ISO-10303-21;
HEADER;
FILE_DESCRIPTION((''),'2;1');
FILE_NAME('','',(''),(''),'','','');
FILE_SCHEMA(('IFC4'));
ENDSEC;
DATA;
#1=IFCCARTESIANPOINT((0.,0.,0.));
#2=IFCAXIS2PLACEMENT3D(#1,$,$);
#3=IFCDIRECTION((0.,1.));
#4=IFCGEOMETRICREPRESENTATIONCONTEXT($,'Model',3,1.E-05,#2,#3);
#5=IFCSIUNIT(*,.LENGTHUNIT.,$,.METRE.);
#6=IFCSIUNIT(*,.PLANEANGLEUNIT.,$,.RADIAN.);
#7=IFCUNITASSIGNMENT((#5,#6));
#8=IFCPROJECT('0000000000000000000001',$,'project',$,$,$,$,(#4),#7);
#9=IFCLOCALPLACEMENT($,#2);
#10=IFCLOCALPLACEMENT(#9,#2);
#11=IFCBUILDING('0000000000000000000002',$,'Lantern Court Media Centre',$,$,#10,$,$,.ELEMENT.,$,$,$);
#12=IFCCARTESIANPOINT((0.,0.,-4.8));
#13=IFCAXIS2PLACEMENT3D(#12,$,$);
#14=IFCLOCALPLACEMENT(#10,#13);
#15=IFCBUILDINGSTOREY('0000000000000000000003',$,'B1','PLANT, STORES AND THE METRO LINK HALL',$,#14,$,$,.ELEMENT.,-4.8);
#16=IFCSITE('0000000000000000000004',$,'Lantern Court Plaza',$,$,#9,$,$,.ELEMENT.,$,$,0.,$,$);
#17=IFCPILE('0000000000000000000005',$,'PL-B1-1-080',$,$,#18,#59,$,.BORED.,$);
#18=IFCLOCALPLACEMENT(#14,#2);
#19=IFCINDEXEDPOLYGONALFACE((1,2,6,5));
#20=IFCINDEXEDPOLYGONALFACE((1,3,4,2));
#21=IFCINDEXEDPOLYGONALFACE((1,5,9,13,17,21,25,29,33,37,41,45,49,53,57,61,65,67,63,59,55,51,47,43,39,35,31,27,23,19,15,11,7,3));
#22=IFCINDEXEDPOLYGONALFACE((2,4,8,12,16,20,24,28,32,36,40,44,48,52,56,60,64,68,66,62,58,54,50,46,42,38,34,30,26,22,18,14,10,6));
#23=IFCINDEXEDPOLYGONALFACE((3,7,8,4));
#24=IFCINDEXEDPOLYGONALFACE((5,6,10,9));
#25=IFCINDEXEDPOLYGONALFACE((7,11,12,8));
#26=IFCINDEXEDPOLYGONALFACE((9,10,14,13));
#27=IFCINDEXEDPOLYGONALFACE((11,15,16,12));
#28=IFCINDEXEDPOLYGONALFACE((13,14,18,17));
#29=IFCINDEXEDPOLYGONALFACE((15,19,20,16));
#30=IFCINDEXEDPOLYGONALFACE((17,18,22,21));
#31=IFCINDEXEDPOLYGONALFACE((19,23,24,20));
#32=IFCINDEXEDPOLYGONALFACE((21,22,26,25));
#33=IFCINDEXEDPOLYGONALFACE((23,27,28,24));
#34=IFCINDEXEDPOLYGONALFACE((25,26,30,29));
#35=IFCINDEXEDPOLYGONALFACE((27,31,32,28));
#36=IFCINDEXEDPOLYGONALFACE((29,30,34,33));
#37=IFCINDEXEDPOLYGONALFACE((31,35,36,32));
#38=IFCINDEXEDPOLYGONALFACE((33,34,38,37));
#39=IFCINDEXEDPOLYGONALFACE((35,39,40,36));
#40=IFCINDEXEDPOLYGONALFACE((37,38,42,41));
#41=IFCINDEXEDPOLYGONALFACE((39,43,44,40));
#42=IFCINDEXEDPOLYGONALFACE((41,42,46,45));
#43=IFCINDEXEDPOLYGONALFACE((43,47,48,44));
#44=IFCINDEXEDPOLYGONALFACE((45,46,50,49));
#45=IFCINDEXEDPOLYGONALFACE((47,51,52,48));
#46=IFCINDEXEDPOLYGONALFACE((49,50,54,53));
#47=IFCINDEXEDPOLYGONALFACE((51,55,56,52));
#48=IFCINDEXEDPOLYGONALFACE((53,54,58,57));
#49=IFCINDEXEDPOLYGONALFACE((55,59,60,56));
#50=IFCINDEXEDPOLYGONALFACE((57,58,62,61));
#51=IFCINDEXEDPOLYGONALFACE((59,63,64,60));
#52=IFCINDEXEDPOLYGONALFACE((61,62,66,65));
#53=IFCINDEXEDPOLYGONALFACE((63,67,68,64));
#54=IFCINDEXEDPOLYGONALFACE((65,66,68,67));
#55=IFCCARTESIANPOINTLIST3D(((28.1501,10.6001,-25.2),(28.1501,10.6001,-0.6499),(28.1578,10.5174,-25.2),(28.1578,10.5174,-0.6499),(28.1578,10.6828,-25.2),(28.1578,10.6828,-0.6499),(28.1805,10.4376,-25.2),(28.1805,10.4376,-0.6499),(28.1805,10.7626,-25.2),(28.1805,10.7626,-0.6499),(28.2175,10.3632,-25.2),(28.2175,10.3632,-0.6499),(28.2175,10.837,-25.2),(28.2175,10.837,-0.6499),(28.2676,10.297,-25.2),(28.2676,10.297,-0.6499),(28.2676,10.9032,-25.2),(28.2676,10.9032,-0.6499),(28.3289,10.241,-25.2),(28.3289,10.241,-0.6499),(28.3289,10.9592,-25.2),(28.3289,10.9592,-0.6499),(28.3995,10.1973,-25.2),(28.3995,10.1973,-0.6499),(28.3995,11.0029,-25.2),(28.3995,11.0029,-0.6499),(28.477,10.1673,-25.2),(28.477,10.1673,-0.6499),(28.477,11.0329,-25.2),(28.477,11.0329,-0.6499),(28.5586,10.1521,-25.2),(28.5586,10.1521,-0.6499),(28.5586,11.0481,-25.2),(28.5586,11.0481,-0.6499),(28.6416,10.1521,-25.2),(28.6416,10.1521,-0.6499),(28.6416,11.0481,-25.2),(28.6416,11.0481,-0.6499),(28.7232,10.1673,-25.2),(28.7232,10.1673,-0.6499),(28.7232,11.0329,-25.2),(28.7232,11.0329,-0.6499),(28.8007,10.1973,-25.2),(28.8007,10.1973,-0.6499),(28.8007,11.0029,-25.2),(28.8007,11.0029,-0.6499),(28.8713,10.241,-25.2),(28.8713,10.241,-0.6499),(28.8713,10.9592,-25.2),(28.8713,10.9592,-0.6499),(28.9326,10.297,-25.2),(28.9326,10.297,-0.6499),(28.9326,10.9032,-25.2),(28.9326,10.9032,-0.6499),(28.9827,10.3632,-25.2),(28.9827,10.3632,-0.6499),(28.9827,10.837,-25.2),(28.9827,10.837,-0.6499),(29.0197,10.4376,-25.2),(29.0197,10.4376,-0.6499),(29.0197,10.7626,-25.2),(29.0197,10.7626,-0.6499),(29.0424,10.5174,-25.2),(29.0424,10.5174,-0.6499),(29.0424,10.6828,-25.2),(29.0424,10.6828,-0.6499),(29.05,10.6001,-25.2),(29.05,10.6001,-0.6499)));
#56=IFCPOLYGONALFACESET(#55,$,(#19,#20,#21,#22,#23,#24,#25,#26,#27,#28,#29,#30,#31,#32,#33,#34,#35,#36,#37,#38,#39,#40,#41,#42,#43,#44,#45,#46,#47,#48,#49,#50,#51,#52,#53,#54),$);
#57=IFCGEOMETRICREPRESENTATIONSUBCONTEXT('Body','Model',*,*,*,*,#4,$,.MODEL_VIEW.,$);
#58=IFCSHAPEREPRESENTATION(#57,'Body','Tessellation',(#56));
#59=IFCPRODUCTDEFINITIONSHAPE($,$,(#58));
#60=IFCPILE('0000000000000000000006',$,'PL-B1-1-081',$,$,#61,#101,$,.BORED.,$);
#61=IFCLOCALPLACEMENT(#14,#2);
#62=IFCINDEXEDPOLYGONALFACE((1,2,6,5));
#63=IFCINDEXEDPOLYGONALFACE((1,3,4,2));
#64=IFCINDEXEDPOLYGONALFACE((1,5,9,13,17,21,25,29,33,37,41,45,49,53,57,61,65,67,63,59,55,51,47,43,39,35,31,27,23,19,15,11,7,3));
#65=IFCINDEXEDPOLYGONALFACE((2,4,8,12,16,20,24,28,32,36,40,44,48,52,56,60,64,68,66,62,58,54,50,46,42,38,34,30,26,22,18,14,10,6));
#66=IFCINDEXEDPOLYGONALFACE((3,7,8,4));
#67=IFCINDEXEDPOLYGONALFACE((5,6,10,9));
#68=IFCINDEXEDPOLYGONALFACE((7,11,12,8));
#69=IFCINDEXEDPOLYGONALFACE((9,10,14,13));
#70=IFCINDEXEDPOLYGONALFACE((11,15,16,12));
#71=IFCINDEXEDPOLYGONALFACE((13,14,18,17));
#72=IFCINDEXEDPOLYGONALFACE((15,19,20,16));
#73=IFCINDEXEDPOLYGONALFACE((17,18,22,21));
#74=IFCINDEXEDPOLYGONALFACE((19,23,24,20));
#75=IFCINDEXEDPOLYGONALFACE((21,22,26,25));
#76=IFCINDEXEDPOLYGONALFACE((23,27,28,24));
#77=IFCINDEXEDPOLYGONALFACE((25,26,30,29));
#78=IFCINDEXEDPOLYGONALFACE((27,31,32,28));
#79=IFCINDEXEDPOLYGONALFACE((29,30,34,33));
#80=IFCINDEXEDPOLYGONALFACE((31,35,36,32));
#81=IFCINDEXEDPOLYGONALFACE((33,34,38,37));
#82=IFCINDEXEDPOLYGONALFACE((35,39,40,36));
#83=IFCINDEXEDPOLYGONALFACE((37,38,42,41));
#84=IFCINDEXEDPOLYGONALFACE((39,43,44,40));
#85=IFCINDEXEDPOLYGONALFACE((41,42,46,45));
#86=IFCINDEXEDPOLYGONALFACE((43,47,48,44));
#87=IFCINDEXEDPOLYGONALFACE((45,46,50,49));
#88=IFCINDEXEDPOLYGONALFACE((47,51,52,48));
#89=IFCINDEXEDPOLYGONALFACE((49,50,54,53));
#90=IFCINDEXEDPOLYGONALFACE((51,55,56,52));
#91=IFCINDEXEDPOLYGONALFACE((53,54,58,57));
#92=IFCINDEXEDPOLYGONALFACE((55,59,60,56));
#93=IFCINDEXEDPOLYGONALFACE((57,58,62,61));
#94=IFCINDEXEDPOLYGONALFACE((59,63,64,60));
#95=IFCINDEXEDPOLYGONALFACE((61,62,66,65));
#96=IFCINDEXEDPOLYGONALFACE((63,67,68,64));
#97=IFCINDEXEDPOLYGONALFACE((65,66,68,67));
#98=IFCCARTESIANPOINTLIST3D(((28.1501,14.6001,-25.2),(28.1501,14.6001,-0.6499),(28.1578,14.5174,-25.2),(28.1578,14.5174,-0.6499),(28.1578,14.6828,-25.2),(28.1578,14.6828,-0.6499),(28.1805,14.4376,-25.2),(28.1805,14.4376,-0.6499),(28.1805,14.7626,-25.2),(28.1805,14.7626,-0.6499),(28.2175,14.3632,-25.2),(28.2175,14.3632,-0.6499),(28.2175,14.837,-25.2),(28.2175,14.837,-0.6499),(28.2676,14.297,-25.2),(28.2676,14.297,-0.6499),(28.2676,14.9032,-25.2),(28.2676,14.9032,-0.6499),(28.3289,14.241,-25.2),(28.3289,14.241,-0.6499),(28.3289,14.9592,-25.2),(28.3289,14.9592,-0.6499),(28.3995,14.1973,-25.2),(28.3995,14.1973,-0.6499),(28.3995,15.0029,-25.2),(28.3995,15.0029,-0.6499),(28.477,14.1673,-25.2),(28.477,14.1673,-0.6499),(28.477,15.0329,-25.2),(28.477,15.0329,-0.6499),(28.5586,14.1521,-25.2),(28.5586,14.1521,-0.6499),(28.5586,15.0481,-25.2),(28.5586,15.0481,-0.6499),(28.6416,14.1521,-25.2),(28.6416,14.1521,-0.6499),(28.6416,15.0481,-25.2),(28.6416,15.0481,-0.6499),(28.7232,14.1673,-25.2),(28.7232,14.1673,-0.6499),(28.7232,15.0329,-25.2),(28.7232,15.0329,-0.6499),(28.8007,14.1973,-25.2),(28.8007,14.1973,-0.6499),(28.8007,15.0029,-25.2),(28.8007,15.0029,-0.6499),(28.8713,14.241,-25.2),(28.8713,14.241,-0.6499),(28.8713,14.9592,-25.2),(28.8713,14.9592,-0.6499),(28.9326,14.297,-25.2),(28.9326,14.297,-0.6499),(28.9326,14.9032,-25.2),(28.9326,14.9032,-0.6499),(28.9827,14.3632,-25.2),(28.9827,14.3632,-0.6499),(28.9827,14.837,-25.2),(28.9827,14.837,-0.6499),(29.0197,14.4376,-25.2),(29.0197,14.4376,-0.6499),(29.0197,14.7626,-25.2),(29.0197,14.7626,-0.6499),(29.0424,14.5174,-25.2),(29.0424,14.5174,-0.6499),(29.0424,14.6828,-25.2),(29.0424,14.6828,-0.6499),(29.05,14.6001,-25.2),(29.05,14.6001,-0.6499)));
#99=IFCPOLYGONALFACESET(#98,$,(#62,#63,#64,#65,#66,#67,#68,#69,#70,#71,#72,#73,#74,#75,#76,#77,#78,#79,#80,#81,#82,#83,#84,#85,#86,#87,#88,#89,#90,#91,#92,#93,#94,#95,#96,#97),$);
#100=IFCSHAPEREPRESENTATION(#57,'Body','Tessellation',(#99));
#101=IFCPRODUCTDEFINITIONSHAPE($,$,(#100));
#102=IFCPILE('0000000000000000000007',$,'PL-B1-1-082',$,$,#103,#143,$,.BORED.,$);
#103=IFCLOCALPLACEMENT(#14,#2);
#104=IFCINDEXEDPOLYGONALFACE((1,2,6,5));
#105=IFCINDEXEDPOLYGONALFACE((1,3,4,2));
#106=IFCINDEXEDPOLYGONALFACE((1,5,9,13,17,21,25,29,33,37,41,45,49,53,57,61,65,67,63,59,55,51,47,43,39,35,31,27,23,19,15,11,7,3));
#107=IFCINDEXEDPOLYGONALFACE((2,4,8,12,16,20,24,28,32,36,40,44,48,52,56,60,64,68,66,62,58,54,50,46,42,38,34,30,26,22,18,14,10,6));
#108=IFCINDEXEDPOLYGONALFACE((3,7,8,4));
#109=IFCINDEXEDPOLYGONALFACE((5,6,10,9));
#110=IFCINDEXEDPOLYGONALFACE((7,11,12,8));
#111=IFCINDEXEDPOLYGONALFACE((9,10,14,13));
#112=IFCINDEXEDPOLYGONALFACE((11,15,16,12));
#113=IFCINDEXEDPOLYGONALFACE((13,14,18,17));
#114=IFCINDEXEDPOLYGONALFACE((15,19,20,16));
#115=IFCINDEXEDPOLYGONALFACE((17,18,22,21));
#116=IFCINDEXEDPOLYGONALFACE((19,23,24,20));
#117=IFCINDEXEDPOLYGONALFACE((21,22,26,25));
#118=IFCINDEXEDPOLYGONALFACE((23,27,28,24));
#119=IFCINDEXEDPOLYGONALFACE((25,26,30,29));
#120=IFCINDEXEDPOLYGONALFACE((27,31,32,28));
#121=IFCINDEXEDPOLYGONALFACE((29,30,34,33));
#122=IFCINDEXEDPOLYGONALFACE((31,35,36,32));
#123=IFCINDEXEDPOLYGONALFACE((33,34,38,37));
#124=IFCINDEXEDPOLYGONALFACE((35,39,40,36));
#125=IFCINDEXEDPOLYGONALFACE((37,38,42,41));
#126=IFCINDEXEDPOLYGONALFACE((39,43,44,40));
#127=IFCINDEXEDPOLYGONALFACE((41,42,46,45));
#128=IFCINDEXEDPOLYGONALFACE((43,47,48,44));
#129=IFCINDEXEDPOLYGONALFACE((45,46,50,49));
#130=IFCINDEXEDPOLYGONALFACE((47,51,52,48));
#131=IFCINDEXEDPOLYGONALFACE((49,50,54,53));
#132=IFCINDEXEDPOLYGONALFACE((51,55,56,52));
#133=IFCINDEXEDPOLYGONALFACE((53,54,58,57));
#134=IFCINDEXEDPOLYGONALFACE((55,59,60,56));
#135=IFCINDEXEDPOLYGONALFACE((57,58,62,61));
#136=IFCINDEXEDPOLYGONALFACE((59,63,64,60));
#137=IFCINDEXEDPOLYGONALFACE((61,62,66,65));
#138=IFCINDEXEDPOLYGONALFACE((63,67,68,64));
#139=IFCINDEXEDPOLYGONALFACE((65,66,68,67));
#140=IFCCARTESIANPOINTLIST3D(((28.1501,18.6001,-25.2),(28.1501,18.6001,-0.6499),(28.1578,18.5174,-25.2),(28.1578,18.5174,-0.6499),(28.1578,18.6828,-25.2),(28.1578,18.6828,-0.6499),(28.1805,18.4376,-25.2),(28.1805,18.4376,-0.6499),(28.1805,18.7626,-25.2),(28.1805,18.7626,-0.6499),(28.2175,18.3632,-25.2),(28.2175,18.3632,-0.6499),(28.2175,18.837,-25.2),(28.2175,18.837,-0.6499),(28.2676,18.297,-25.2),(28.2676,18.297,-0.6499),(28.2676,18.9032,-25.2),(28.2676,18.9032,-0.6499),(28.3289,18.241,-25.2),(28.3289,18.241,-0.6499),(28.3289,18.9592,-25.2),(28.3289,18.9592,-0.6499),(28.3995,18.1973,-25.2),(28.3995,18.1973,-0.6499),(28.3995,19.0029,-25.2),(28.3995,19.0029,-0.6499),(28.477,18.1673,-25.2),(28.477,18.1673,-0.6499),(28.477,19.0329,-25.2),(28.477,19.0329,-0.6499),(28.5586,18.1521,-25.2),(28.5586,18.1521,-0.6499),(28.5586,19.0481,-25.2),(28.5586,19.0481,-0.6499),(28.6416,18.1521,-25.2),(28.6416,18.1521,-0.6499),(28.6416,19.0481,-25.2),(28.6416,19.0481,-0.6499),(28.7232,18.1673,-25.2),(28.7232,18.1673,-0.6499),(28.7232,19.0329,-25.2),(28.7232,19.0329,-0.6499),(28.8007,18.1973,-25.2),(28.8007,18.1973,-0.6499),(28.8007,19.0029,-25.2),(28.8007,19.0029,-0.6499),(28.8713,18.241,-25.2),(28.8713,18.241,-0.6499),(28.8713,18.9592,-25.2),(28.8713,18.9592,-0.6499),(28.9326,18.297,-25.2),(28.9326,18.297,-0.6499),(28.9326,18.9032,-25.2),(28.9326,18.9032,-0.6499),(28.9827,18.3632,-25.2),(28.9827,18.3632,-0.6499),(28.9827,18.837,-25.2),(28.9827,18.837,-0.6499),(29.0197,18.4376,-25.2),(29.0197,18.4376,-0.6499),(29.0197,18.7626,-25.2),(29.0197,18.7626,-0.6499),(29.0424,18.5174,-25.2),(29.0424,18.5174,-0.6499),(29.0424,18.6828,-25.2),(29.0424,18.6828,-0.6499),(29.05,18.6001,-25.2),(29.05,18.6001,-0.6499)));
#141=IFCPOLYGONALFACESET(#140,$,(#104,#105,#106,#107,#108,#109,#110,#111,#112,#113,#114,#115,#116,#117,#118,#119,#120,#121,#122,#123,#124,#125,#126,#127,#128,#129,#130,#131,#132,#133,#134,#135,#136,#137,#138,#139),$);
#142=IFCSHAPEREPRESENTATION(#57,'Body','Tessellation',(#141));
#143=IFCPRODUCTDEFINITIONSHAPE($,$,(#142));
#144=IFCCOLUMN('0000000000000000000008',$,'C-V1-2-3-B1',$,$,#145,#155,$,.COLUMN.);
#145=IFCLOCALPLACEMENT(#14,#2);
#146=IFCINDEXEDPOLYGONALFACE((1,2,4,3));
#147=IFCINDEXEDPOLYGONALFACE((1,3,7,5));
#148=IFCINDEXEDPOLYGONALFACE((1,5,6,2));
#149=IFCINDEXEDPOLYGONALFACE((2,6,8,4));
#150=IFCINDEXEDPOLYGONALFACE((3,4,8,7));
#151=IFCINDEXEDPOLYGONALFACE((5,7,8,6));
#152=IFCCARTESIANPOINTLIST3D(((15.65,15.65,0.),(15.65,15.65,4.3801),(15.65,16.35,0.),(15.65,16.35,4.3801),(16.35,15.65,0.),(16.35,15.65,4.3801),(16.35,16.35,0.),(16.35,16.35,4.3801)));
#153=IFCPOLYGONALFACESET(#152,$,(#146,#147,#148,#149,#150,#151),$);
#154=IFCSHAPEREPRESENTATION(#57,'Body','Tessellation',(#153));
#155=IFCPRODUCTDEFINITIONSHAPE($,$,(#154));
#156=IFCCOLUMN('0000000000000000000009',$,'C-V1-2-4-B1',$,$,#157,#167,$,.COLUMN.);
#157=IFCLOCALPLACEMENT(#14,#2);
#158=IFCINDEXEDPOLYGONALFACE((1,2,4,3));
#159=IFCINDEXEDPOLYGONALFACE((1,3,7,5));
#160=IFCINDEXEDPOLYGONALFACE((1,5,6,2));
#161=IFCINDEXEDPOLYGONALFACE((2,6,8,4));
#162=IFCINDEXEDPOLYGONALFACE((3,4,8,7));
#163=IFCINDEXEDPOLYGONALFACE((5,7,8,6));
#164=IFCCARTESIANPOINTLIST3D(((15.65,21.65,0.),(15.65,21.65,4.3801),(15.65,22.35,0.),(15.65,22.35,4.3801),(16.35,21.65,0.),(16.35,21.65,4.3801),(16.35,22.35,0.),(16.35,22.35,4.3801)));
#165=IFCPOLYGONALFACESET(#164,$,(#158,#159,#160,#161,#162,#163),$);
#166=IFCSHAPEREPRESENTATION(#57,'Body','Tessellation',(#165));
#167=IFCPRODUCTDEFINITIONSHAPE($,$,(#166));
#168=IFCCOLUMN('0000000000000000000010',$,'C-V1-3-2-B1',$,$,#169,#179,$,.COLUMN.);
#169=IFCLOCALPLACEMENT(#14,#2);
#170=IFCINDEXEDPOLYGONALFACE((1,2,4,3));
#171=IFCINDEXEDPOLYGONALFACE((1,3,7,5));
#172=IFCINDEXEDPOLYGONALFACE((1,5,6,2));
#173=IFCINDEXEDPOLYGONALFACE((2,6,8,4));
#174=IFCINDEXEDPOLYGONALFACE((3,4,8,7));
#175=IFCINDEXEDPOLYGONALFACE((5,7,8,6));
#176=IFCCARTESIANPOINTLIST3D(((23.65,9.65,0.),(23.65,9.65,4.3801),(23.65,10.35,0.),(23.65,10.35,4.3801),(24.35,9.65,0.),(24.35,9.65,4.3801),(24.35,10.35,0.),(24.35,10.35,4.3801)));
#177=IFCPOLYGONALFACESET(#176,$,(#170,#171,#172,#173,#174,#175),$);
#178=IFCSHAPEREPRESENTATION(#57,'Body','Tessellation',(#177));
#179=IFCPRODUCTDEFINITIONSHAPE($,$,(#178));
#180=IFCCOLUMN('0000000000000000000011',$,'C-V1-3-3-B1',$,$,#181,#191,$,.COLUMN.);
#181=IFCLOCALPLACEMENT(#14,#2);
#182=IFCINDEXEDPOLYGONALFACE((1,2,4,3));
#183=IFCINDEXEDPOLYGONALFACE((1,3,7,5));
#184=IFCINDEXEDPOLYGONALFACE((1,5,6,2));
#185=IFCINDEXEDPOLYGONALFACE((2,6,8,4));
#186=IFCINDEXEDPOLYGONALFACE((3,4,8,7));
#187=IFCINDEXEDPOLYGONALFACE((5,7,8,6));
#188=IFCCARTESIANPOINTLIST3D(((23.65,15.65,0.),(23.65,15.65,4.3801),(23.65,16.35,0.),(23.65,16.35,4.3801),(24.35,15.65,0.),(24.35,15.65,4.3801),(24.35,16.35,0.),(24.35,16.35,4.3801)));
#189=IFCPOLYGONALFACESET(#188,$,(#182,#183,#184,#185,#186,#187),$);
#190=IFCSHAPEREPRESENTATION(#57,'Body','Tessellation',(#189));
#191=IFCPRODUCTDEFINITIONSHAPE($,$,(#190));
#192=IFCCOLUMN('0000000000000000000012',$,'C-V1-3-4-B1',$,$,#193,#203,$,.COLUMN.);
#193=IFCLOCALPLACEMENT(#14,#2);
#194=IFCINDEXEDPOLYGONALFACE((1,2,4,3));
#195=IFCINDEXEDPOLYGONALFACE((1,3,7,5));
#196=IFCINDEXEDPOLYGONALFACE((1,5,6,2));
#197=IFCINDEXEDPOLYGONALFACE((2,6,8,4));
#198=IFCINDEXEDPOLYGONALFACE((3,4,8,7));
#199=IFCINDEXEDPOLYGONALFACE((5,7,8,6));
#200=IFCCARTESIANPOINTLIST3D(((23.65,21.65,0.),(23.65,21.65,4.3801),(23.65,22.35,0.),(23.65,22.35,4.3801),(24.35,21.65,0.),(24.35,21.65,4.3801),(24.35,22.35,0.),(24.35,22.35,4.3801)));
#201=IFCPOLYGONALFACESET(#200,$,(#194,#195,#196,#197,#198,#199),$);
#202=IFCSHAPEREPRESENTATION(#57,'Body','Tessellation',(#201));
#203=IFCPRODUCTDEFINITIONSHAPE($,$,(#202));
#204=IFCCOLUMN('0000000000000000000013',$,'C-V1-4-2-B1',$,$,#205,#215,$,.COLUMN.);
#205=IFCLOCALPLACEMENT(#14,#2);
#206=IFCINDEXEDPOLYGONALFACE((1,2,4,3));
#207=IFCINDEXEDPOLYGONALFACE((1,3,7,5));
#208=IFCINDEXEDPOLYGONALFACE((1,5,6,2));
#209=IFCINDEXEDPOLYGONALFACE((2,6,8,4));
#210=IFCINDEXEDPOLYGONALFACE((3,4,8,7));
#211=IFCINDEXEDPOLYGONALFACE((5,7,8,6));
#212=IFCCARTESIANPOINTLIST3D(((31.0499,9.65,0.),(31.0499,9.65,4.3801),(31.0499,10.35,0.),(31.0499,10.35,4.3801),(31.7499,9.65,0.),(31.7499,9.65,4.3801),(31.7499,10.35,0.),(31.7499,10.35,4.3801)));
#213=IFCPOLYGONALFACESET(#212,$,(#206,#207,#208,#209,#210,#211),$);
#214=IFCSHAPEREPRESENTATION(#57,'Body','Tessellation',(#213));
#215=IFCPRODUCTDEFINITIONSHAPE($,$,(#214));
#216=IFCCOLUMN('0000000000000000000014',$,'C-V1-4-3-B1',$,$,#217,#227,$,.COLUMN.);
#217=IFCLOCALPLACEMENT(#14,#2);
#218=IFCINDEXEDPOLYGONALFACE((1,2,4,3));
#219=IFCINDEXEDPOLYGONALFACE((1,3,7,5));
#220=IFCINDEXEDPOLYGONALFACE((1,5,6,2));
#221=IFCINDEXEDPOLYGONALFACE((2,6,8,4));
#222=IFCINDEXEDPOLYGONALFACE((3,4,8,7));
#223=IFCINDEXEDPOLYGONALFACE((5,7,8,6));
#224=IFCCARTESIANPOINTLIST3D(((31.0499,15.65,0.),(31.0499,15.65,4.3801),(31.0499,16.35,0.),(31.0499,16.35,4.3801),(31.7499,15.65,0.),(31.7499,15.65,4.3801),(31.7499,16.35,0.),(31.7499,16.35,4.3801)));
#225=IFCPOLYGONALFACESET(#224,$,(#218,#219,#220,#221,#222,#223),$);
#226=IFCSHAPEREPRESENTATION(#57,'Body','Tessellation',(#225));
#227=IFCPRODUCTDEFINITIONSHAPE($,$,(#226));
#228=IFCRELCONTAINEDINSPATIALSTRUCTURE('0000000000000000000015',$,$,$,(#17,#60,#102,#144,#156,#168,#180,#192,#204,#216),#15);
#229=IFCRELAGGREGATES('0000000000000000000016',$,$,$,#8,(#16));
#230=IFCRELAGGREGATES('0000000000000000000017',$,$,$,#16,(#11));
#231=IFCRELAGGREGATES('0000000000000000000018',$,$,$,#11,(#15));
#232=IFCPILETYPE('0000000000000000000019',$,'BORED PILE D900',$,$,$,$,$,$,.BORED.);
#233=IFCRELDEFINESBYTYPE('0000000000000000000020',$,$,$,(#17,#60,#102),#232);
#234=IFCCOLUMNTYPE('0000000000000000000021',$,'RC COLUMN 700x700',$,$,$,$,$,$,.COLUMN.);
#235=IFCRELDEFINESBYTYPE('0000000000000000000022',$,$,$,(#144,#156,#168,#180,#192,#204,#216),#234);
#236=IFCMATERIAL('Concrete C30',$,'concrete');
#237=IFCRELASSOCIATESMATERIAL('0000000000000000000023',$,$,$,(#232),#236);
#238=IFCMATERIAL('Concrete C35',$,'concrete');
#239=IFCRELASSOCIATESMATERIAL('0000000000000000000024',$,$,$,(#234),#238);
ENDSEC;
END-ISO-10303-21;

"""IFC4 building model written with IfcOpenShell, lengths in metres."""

from ifc_helpers import new_model, si_unit, direction, frame, origin, origin_2d, place, context, subcontext, project, spatial, rectangle, circle, extrude, material, material_profile, profile_set, type_object, element, save


model = new_model("IFC4")

# Units and contexts
model_context = context("Model", 3, precision=1e-05, world=origin(), true_north=direction((0.0, 1.0)))
body_context = subcontext(model_context, "Body", "Model", "MODEL_VIEW")
ifc_project = project(units=[si_unit("LENGTHUNIT", "METRE"), si_unit("PLANEANGLEUNIT", "RADIAN")], contexts=[model_context])

# Site, building, storey
site_placement = place(None, origin())
site = spatial("IfcSite", under=ifc_project, at=site_placement, Name="Lantern Court Plaza", CompositionType="ELEMENT", RefElevation=0.0)
building_placement = place(site_placement, origin())
building = spatial("IfcBuilding", under=site, at=building_placement, Name="Lantern Court Media Centre", CompositionType="ELEMENT")
storey_placement = place(building_placement, frame((0.0, 0.0, -4.8)))
storey = spatial("IfcBuildingStorey", under=building, at=storey_placement, Name="B1", Description="PLANT, STORES AND THE METRO LINK HALL", CompositionType="ELEMENT", Elevation=-4.8)

# Piles
ifc_material_1 = material(Name="Concrete C30", Category="concrete")
ifc_material_profile_1 = material_profile(ifc_material_1, circle(Radius=0.45, at=origin_2d()), Name="D900")
ifc_profile_set_1 = profile_set([ifc_material_profile_1], Name="Concrete C30")
pile_type = type_object("IfcPileType", Name="BORED PILE D900", PredefinedType="BORED", material=ifc_profile_set_1)
for number, where, z_axis, x_axis, name in (
    (1, (28.6001, 10.6001, -0.6499), (0.0, 0.0, -1.0), (1.0, 0.0, 0.0), "PL-B1-1-080"),
    (2, (28.6001, 14.6001, -0.6499), (0.0, 0.0, -1.0), (1.0, 0.0, 0.0), "PL-B1-1-081"),
    (3, (28.6001, 18.6001, -0.6499), (0.0, 0.0, -1.0), (1.0, 0.0, 0.0), "PL-B1-1-082"),
):
    element("IfcPile", number, at=place(storey_placement, frame(where, z_axis=z_axis, x_axis=x_axis)), inside=storey, type_object=pile_type, Name=name, PredefinedType="BORED", context=body_context, shape_type="SweptSolid", body=[
        extrude(circle(Radius=0.45, at=origin_2d()), origin(), (0.0, 0.0, 1.0), 24.55),
    ])

# Columns
ifc_material_2 = material(Name="Concrete C35", Category="concrete")
ifc_material_profile_2 = material_profile(ifc_material_2, rectangle(XDim=0.7, YDim=0.7, at=origin_2d()), Name="RC 700x700")
ifc_profile_set_2 = profile_set([ifc_material_profile_2], Name="Concrete C35")
column_type = type_object("IfcColumnType", Name="RC COLUMN 700x700", PredefinedType="COLUMN", material=ifc_profile_set_2)
for number, where, z_axis, x_axis, name in (
    (4, (16.0, 16.0, 0.0), (0.0, 0.0, 1.0), (1.0, 0.0, 0.0), "C-V1-2-3-B1"),
    (5, (16.0, 22.0, 0.0), (0.0, 0.0, 1.0), (1.0, 0.0, 0.0), "C-V1-2-4-B1"),
    (6, (24.0, 10.0, 0.0), (0.0, 0.0, 1.0), (1.0, 0.0, 0.0), "C-V1-3-2-B1"),
    (7, (24.0, 16.0, 0.0), (0.0, 0.0, 1.0), (1.0, 0.0, 0.0), "C-V1-3-3-B1"),
    (8, (24.0, 22.0, 0.0), (0.0, 0.0, 1.0), (1.0, 0.0, 0.0), "C-V1-3-4-B1"),
    (9, (31.3999, 10.0, 0.0), (0.0, 0.0, 1.0), (1.0, 0.0, 0.0), "C-V1-4-2-B1"),
    (10, (31.3999, 16.0, 0.0), (0.0, 0.0, 1.0), (1.0, 0.0, 0.0), "C-V1-4-3-B1"),
):
    element("IfcColumn", number, at=place(storey_placement, frame(where, z_axis=z_axis, x_axis=x_axis)), inside=storey, type_object=column_type, Name=name, PredefinedType="COLUMN", context=body_context, shape_type="SweptSolid", body=[
        extrude(rectangle(XDim=0.7, YDim=0.7, at=origin_2d()), origin(), (0.0, 0.0, 1.0), 4.3801),
    ])

save(model, "model.ifc")
